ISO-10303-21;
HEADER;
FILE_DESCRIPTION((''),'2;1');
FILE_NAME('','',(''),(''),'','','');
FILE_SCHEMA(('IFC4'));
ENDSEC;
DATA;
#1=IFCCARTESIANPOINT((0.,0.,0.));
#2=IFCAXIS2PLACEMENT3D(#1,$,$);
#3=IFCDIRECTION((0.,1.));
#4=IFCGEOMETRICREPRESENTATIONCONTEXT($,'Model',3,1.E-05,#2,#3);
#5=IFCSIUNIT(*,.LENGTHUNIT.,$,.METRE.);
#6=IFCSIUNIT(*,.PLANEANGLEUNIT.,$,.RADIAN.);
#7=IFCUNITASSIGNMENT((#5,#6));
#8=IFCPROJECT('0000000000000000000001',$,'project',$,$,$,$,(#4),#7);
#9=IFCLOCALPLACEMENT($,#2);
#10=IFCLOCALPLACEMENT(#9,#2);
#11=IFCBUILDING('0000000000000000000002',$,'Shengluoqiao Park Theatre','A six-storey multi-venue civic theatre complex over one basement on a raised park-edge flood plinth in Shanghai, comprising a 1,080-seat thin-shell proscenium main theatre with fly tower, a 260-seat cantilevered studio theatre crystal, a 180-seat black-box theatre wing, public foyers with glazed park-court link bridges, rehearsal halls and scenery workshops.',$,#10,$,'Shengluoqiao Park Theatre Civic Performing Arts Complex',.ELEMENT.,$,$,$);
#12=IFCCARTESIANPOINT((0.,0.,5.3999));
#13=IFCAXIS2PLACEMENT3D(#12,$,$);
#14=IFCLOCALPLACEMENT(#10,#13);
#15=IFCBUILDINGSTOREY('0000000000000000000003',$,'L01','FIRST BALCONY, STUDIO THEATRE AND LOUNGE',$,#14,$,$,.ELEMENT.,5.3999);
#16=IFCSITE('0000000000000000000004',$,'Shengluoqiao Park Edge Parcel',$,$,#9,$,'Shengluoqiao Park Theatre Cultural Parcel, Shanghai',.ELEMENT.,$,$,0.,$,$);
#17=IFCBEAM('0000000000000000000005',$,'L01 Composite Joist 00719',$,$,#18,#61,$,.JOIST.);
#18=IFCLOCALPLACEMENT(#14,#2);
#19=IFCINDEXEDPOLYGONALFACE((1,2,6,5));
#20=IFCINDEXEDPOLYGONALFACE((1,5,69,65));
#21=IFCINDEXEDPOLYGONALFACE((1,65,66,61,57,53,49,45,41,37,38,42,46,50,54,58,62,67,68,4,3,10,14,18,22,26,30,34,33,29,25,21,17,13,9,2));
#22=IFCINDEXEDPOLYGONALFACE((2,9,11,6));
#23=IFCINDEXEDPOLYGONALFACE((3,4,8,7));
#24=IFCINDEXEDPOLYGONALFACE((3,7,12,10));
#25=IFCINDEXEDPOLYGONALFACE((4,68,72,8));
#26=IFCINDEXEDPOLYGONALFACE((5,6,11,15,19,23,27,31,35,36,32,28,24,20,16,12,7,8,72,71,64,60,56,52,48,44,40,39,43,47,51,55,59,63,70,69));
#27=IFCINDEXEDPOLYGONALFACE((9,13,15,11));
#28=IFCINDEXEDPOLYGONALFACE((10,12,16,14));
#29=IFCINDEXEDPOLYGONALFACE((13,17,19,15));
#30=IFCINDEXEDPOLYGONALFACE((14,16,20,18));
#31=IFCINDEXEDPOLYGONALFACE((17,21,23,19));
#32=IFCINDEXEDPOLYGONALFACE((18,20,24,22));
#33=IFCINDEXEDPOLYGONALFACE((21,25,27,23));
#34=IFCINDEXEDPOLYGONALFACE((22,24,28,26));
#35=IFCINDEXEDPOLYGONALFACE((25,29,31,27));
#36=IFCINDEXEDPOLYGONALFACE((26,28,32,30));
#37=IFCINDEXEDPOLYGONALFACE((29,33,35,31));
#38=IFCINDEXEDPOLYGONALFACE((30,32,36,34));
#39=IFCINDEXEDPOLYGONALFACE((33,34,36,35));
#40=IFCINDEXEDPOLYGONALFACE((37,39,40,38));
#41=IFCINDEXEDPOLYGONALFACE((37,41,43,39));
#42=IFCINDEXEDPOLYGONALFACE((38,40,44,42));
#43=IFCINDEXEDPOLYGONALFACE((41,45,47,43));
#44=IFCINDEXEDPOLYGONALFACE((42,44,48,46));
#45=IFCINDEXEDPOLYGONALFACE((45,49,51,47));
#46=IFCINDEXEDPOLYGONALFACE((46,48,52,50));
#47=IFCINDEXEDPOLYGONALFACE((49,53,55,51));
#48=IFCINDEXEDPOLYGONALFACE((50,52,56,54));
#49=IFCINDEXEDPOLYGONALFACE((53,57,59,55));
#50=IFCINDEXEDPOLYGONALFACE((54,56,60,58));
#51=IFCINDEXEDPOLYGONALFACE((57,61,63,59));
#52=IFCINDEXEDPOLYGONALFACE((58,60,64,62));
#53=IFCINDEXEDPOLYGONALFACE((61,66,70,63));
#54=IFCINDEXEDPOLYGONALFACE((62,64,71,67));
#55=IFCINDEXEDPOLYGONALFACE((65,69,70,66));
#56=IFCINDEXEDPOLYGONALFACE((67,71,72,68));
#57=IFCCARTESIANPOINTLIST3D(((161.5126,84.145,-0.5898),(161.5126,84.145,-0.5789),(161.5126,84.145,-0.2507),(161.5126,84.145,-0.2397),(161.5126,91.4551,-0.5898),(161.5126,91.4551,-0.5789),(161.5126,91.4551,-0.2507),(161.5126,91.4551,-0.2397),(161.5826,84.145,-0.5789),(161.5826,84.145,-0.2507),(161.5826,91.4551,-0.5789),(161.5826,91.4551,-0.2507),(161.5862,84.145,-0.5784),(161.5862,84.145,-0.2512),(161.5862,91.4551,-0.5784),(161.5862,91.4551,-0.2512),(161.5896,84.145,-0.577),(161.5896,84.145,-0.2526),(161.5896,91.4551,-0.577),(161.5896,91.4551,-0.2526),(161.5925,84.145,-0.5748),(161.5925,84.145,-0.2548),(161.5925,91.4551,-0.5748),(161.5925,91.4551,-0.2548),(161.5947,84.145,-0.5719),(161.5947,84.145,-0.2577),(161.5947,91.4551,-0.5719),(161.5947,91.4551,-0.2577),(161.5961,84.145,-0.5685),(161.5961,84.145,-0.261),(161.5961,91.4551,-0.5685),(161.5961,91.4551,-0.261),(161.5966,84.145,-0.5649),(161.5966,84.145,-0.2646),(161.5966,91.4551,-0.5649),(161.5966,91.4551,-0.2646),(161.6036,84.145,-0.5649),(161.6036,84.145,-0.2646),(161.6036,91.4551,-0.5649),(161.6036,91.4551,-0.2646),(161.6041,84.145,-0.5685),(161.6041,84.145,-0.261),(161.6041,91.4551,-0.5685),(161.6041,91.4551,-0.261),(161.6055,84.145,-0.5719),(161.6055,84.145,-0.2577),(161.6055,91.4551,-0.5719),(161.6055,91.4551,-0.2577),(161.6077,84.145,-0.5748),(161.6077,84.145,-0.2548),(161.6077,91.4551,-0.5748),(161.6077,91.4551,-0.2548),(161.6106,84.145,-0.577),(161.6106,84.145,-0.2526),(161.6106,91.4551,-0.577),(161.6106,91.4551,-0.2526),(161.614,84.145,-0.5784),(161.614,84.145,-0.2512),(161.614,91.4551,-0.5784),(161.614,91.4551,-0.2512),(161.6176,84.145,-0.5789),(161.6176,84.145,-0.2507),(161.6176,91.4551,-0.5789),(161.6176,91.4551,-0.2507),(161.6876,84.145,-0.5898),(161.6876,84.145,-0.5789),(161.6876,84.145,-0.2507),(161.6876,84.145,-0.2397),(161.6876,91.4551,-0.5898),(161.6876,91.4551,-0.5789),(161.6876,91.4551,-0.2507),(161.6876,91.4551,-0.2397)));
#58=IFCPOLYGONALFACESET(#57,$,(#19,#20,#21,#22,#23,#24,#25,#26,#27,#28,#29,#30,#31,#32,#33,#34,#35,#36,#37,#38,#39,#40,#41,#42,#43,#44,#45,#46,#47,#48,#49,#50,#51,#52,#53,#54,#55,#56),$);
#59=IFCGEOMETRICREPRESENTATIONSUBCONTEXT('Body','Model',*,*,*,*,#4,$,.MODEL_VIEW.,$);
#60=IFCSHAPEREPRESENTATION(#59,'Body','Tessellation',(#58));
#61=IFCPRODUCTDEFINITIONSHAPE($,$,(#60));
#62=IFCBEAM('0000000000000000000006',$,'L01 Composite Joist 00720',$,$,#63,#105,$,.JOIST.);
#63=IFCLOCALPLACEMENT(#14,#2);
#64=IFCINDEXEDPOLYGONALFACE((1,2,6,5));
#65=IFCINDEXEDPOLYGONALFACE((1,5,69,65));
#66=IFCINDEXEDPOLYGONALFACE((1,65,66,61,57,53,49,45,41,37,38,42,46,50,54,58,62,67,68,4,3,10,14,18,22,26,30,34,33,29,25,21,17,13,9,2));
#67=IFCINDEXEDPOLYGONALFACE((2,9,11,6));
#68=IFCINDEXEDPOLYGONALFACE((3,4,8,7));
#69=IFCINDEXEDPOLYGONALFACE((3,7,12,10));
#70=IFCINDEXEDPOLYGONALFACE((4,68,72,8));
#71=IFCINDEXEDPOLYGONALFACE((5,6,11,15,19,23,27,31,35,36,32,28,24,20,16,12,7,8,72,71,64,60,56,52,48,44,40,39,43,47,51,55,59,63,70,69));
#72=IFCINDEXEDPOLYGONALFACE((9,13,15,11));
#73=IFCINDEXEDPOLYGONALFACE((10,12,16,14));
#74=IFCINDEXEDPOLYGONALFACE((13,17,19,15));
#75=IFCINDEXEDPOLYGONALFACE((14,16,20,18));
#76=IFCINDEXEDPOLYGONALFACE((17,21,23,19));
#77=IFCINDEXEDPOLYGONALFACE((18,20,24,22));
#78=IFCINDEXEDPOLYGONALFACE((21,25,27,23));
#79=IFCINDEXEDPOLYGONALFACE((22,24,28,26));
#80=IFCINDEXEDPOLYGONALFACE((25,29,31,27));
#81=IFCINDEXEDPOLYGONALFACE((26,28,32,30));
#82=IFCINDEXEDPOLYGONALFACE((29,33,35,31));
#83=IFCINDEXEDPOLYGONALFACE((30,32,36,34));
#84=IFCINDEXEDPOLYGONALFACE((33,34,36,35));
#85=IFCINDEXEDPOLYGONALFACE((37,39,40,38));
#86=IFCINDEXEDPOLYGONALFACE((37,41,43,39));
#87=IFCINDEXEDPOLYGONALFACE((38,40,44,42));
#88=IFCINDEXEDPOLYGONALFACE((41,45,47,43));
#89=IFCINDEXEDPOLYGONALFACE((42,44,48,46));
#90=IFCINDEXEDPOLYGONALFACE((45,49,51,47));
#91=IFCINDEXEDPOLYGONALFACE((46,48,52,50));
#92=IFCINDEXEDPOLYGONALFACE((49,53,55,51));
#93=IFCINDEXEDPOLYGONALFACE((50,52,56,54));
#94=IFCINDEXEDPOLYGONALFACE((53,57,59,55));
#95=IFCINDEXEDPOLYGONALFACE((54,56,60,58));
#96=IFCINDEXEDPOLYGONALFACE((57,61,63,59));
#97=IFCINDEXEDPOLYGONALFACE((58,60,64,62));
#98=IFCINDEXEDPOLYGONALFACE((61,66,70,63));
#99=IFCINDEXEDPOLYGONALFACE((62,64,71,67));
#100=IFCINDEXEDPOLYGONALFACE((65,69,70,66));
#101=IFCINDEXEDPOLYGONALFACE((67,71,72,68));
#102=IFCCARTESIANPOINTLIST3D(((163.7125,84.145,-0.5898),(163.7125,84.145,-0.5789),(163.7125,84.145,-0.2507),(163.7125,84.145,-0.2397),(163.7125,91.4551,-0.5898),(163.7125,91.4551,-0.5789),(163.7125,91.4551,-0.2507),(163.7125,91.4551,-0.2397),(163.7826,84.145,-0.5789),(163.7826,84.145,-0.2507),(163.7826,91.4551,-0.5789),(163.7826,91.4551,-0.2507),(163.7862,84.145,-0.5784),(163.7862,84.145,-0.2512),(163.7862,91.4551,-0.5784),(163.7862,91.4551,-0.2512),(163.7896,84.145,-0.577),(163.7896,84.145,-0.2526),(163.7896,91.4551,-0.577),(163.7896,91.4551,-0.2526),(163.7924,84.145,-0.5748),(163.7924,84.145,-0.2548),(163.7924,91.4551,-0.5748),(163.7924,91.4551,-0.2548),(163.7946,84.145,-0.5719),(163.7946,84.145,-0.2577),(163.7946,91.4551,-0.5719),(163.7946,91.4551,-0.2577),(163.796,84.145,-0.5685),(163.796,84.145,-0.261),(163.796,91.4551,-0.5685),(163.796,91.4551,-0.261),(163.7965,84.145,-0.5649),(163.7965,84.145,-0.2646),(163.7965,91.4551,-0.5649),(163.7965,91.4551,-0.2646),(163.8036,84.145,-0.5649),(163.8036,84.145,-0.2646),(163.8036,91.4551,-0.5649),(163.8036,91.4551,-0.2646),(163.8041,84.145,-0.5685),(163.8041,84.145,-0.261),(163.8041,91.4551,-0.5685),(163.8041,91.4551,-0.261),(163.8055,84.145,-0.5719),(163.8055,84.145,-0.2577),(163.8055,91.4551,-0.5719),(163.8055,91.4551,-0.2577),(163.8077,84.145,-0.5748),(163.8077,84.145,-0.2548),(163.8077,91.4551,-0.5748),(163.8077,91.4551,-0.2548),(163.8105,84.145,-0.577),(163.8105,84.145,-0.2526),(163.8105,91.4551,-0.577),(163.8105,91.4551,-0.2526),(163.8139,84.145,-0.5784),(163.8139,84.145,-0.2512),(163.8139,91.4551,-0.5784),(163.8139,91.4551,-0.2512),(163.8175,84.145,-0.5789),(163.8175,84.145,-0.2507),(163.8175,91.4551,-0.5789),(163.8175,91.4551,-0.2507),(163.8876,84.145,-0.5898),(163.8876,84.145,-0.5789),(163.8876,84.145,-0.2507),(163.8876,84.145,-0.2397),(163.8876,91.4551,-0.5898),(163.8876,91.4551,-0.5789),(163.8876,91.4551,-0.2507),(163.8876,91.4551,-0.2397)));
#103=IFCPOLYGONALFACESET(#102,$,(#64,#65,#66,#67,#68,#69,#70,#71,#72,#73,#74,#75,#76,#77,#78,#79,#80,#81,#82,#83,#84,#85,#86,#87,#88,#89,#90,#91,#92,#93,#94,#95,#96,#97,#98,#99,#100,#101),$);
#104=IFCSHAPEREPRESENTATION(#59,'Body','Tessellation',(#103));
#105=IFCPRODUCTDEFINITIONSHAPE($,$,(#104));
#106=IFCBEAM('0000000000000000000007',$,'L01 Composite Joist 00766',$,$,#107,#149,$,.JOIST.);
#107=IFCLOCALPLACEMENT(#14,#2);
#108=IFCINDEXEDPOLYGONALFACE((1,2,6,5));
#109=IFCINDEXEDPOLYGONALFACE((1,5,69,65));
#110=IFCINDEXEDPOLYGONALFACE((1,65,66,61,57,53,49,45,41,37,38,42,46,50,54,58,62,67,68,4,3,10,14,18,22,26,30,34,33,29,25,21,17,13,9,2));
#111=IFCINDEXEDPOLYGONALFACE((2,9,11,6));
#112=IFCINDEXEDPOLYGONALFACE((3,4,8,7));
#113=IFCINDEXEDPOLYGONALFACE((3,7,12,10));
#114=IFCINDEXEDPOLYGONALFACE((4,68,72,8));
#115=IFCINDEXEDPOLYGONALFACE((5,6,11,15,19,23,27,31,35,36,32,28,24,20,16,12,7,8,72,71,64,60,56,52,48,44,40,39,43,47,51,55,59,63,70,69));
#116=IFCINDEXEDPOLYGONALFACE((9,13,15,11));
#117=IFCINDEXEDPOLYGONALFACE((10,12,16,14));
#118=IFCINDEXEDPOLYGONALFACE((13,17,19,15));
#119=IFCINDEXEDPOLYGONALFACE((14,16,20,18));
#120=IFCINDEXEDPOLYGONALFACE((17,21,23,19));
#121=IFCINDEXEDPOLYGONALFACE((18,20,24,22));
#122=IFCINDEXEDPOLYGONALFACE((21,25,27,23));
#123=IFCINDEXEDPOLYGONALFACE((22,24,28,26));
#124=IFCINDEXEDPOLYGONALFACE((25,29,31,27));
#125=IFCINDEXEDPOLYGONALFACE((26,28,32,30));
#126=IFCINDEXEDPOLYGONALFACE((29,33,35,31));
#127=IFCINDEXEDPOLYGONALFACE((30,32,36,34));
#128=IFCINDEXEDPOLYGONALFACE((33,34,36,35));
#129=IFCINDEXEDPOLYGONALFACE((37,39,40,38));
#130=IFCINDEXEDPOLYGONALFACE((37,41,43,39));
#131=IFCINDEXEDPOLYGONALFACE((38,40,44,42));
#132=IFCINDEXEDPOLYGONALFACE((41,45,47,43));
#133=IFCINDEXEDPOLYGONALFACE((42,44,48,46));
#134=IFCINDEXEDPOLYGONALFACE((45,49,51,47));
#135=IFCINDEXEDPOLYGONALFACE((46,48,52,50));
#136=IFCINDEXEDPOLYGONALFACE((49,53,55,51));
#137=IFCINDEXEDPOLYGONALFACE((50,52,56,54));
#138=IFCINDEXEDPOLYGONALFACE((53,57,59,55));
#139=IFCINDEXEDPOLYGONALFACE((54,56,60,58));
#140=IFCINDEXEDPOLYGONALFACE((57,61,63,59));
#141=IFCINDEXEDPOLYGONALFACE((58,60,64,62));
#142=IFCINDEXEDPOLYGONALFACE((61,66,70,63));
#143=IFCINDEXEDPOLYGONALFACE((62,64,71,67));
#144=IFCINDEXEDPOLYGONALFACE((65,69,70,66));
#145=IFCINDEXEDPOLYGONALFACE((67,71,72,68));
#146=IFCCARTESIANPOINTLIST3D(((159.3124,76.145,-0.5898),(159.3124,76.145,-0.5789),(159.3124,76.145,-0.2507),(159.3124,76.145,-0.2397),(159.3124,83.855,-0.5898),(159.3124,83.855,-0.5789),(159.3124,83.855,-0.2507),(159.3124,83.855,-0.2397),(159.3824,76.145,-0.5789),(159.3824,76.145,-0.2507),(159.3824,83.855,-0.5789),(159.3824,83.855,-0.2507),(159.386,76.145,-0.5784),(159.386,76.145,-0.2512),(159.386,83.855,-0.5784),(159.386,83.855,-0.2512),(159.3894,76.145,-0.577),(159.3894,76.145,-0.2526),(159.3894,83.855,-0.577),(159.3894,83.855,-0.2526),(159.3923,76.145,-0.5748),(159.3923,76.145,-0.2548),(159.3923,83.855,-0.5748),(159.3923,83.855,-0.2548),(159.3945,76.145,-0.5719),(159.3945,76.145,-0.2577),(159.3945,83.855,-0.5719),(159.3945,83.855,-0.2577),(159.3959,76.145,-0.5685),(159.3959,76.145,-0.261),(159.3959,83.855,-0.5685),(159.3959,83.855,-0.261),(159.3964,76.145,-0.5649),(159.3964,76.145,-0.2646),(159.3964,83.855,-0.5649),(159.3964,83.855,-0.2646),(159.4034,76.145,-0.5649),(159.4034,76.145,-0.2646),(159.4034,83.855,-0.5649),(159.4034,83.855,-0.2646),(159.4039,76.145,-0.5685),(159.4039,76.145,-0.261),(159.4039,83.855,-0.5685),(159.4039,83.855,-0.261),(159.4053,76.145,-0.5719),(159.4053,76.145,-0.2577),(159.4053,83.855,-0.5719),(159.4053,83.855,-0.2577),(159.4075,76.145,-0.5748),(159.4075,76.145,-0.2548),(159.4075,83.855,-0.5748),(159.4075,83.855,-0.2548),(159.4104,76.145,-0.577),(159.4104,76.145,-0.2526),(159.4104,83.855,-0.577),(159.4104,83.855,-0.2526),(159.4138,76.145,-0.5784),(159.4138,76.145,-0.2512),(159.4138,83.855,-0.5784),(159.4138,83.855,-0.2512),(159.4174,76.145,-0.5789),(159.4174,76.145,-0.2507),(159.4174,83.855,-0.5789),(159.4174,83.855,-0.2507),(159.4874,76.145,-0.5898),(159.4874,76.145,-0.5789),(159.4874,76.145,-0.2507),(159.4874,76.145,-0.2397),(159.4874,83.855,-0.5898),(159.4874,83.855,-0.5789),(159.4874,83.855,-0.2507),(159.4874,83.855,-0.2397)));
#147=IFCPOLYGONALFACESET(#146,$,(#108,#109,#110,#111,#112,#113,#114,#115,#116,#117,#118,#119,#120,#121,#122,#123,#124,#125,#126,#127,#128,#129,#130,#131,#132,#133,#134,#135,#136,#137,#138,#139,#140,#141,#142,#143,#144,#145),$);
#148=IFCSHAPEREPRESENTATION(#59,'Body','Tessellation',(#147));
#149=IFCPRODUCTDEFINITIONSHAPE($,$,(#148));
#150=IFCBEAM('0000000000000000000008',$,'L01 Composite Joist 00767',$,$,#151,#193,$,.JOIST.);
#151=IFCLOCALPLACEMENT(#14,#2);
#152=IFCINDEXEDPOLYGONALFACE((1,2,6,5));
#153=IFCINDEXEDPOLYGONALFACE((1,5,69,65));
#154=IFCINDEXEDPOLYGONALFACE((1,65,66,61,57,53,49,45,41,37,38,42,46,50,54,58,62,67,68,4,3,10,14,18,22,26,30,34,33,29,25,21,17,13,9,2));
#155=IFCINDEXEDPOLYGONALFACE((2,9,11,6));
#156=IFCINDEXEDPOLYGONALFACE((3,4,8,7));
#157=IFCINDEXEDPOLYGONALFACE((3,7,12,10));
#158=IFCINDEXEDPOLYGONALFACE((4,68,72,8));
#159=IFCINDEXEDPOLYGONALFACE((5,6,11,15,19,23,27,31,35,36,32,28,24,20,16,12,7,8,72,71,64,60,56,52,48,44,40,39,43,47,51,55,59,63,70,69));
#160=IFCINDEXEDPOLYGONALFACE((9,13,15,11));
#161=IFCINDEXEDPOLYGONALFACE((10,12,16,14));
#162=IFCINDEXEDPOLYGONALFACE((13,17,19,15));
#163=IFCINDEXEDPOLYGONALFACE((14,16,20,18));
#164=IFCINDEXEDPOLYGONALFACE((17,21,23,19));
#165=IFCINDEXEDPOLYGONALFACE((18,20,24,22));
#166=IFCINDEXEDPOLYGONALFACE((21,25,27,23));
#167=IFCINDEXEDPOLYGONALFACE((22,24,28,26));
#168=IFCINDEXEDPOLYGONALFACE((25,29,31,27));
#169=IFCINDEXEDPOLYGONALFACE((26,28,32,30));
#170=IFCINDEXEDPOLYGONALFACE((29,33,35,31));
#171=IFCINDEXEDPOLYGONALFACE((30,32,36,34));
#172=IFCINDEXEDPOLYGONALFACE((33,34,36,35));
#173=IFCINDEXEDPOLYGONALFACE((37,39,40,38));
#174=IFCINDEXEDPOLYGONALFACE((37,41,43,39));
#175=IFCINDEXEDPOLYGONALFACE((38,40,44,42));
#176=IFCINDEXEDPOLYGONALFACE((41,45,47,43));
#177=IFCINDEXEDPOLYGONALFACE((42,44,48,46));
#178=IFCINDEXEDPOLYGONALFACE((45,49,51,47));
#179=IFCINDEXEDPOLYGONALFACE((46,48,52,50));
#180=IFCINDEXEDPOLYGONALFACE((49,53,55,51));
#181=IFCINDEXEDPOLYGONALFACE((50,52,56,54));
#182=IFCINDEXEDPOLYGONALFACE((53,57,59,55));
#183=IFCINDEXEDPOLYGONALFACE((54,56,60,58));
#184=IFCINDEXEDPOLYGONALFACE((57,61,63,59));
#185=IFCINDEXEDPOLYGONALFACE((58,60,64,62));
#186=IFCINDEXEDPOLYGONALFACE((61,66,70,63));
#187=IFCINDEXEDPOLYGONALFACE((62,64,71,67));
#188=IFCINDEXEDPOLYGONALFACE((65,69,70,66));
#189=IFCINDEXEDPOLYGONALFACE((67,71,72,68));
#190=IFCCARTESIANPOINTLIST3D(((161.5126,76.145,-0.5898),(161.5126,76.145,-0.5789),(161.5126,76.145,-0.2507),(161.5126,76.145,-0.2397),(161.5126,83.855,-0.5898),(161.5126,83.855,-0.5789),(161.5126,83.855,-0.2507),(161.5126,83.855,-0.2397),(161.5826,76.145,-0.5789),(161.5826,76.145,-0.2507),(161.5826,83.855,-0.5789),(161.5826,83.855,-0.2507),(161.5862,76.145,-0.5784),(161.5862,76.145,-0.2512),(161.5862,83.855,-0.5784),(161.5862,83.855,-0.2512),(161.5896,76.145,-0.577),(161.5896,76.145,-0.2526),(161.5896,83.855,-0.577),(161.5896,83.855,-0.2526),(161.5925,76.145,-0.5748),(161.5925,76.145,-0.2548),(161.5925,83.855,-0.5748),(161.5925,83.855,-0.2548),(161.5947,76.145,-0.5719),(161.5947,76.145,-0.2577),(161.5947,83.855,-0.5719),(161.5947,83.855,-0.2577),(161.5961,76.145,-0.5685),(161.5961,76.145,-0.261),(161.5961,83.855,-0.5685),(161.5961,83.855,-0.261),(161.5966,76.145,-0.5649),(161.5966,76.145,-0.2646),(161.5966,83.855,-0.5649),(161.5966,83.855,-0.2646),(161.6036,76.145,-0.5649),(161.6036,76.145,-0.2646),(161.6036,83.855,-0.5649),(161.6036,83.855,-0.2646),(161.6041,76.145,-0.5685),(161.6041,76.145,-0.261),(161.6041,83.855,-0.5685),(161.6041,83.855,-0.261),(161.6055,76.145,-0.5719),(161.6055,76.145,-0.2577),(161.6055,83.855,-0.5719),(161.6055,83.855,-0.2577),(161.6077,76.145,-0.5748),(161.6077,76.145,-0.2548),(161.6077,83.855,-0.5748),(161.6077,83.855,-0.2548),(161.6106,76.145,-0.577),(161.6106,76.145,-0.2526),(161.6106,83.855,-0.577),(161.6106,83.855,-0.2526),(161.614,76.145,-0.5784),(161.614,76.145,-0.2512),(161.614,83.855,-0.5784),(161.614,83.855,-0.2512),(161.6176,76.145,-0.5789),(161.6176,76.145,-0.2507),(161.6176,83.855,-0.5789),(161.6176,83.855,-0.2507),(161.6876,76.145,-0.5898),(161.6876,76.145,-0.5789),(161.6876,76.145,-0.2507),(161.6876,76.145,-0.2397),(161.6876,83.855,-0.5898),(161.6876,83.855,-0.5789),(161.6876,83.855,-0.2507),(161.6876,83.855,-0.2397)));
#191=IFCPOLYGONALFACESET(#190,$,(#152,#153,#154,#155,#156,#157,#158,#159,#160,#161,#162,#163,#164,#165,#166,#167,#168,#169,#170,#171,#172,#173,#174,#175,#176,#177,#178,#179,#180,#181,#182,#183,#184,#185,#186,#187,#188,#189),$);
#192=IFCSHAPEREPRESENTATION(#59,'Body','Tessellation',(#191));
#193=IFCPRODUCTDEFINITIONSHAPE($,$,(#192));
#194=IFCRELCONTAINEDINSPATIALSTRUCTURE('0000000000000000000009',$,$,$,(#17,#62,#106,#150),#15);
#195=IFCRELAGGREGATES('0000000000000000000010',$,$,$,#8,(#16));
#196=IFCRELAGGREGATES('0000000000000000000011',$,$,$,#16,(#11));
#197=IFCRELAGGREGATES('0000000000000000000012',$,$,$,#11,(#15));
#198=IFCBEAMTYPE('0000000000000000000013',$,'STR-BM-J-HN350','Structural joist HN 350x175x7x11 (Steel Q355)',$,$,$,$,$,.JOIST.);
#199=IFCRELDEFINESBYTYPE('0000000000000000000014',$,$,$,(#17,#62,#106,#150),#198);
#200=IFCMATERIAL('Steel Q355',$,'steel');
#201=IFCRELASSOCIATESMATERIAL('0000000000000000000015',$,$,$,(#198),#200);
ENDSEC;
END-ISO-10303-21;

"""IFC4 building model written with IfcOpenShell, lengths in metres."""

from ifc_helpers import new_model, si_unit, direction, frame, origin, origin_2d, place, context, subcontext, project, spatial, i_section, extrude, material, material_profile, profile_set, type_object, element, save


model = new_model("IFC4")

# Units and contexts
model_context = context("Model", 3, precision=1e-05, world=origin(), true_north=direction((0.0, 1.0)))
body_context = subcontext(model_context, "Body", "Model", "MODEL_VIEW")
ifc_project = project(units=[si_unit("LENGTHUNIT", "METRE"), si_unit("PLANEANGLEUNIT", "RADIAN")], contexts=[model_context])

# Site, building, storey
site_placement = place(None, origin())
site = spatial("IfcSite", under=ifc_project, at=site_placement, Name="Shengluoqiao Park Edge Parcel", LongName="Shengluoqiao Park Theatre Cultural Parcel, Shanghai", CompositionType="ELEMENT", RefElevation=0.0)
building_placement = place(site_placement, origin())
building = spatial("IfcBuilding", under=site, at=building_placement, Name="Shengluoqiao Park Theatre", Description="A six-storey multi-venue civic theatre complex over one basement on a raised park-edge flood plinth in Shanghai, comprising a 1,080-seat thin-shell proscenium main theatre with fly tower, a 260-seat cantilevered studio theatre crystal, a 180-seat black-box theatre wing, public foyers with glazed park-court link bridges, rehearsal halls and scenery workshops.", LongName="Shengluoqiao Park Theatre Civic Performing Arts Complex", CompositionType="ELEMENT")
storey_placement = place(building_placement, frame((0.0, 0.0, 5.3999)))
storey = spatial("IfcBuildingStorey", under=building, at=storey_placement, Name="L01", Description="FIRST BALCONY, STUDIO THEATRE AND LOUNGE", CompositionType="ELEMENT", Elevation=5.3999)

# Beams
ifc_material_1 = material(Name="Steel Q355", Category="steel")
ifc_material_profile_1 = material_profile(ifc_material_1, i_section(OverallWidth=0.175, OverallDepth=0.3501, WebThickness=0.0071, FlangeThickness=0.011, FilletRadius=0.0139, at=origin_2d()), Name="HN 350x175x7x11")
ifc_profile_set_1 = profile_set([ifc_material_profile_1], Name="Steel Q355")
beam_type_1 = type_object("IfcBeamType", Name="STR-BM-J-HN350", Description="Structural joist HN 350x175x7x11 (Steel Q355)", PredefinedType="JOIST", material=ifc_profile_set_1)
for number, where, z_axis, x_axis, name in (
    (1, (161.6001, 84.145, -0.4148), (0.0, 1.0, 0.0), (-1.0, 0.0, 0.0), "L01 Composite Joist 00719"),
    (2, (163.8, 84.145, -0.4148), (0.0, 1.0, 0.0), (-1.0, 0.0, 0.0), "L01 Composite Joist 00720"),
):
    element("IfcBeam", number, at=place(storey_placement, frame(where, z_axis=z_axis, x_axis=x_axis)), inside=storey, type_object=beam_type_1, Name=name, PredefinedType="JOIST", context=body_context, shape_type="SweptSolid", body=[
        extrude(i_section(OverallWidth=0.175, OverallDepth=0.3501, WebThickness=0.0071, FlangeThickness=0.011, FilletRadius=0.0139, at=origin_2d()), origin(), (0.0, 0.0, 1.0), 7.3101),
    ])
for number, where, z_axis, x_axis, name in (
    (3, (159.3999, 76.145, -0.4148), (0.0, 1.0, 0.0), (-1.0, 0.0, 0.0), "L01 Composite Joist 00766"),
    (4, (161.6001, 76.145, -0.4148), (0.0, 1.0, 0.0), (-1.0, 0.0, 0.0), "L01 Composite Joist 00767"),
):
    element("IfcBeam", number, at=place(storey_placement, frame(where, z_axis=z_axis, x_axis=x_axis)), inside=storey, type_object=beam_type_1, Name=name, PredefinedType="JOIST", context=body_context, shape_type="SweptSolid", body=[
        extrude(i_section(OverallWidth=0.175, OverallDepth=0.3501, WebThickness=0.0071, FlangeThickness=0.011, FilletRadius=0.0139, at=origin_2d()), origin(), (0.0, 0.0, 1.0), 7.71),
    ])

save(model, "model.ifc")
